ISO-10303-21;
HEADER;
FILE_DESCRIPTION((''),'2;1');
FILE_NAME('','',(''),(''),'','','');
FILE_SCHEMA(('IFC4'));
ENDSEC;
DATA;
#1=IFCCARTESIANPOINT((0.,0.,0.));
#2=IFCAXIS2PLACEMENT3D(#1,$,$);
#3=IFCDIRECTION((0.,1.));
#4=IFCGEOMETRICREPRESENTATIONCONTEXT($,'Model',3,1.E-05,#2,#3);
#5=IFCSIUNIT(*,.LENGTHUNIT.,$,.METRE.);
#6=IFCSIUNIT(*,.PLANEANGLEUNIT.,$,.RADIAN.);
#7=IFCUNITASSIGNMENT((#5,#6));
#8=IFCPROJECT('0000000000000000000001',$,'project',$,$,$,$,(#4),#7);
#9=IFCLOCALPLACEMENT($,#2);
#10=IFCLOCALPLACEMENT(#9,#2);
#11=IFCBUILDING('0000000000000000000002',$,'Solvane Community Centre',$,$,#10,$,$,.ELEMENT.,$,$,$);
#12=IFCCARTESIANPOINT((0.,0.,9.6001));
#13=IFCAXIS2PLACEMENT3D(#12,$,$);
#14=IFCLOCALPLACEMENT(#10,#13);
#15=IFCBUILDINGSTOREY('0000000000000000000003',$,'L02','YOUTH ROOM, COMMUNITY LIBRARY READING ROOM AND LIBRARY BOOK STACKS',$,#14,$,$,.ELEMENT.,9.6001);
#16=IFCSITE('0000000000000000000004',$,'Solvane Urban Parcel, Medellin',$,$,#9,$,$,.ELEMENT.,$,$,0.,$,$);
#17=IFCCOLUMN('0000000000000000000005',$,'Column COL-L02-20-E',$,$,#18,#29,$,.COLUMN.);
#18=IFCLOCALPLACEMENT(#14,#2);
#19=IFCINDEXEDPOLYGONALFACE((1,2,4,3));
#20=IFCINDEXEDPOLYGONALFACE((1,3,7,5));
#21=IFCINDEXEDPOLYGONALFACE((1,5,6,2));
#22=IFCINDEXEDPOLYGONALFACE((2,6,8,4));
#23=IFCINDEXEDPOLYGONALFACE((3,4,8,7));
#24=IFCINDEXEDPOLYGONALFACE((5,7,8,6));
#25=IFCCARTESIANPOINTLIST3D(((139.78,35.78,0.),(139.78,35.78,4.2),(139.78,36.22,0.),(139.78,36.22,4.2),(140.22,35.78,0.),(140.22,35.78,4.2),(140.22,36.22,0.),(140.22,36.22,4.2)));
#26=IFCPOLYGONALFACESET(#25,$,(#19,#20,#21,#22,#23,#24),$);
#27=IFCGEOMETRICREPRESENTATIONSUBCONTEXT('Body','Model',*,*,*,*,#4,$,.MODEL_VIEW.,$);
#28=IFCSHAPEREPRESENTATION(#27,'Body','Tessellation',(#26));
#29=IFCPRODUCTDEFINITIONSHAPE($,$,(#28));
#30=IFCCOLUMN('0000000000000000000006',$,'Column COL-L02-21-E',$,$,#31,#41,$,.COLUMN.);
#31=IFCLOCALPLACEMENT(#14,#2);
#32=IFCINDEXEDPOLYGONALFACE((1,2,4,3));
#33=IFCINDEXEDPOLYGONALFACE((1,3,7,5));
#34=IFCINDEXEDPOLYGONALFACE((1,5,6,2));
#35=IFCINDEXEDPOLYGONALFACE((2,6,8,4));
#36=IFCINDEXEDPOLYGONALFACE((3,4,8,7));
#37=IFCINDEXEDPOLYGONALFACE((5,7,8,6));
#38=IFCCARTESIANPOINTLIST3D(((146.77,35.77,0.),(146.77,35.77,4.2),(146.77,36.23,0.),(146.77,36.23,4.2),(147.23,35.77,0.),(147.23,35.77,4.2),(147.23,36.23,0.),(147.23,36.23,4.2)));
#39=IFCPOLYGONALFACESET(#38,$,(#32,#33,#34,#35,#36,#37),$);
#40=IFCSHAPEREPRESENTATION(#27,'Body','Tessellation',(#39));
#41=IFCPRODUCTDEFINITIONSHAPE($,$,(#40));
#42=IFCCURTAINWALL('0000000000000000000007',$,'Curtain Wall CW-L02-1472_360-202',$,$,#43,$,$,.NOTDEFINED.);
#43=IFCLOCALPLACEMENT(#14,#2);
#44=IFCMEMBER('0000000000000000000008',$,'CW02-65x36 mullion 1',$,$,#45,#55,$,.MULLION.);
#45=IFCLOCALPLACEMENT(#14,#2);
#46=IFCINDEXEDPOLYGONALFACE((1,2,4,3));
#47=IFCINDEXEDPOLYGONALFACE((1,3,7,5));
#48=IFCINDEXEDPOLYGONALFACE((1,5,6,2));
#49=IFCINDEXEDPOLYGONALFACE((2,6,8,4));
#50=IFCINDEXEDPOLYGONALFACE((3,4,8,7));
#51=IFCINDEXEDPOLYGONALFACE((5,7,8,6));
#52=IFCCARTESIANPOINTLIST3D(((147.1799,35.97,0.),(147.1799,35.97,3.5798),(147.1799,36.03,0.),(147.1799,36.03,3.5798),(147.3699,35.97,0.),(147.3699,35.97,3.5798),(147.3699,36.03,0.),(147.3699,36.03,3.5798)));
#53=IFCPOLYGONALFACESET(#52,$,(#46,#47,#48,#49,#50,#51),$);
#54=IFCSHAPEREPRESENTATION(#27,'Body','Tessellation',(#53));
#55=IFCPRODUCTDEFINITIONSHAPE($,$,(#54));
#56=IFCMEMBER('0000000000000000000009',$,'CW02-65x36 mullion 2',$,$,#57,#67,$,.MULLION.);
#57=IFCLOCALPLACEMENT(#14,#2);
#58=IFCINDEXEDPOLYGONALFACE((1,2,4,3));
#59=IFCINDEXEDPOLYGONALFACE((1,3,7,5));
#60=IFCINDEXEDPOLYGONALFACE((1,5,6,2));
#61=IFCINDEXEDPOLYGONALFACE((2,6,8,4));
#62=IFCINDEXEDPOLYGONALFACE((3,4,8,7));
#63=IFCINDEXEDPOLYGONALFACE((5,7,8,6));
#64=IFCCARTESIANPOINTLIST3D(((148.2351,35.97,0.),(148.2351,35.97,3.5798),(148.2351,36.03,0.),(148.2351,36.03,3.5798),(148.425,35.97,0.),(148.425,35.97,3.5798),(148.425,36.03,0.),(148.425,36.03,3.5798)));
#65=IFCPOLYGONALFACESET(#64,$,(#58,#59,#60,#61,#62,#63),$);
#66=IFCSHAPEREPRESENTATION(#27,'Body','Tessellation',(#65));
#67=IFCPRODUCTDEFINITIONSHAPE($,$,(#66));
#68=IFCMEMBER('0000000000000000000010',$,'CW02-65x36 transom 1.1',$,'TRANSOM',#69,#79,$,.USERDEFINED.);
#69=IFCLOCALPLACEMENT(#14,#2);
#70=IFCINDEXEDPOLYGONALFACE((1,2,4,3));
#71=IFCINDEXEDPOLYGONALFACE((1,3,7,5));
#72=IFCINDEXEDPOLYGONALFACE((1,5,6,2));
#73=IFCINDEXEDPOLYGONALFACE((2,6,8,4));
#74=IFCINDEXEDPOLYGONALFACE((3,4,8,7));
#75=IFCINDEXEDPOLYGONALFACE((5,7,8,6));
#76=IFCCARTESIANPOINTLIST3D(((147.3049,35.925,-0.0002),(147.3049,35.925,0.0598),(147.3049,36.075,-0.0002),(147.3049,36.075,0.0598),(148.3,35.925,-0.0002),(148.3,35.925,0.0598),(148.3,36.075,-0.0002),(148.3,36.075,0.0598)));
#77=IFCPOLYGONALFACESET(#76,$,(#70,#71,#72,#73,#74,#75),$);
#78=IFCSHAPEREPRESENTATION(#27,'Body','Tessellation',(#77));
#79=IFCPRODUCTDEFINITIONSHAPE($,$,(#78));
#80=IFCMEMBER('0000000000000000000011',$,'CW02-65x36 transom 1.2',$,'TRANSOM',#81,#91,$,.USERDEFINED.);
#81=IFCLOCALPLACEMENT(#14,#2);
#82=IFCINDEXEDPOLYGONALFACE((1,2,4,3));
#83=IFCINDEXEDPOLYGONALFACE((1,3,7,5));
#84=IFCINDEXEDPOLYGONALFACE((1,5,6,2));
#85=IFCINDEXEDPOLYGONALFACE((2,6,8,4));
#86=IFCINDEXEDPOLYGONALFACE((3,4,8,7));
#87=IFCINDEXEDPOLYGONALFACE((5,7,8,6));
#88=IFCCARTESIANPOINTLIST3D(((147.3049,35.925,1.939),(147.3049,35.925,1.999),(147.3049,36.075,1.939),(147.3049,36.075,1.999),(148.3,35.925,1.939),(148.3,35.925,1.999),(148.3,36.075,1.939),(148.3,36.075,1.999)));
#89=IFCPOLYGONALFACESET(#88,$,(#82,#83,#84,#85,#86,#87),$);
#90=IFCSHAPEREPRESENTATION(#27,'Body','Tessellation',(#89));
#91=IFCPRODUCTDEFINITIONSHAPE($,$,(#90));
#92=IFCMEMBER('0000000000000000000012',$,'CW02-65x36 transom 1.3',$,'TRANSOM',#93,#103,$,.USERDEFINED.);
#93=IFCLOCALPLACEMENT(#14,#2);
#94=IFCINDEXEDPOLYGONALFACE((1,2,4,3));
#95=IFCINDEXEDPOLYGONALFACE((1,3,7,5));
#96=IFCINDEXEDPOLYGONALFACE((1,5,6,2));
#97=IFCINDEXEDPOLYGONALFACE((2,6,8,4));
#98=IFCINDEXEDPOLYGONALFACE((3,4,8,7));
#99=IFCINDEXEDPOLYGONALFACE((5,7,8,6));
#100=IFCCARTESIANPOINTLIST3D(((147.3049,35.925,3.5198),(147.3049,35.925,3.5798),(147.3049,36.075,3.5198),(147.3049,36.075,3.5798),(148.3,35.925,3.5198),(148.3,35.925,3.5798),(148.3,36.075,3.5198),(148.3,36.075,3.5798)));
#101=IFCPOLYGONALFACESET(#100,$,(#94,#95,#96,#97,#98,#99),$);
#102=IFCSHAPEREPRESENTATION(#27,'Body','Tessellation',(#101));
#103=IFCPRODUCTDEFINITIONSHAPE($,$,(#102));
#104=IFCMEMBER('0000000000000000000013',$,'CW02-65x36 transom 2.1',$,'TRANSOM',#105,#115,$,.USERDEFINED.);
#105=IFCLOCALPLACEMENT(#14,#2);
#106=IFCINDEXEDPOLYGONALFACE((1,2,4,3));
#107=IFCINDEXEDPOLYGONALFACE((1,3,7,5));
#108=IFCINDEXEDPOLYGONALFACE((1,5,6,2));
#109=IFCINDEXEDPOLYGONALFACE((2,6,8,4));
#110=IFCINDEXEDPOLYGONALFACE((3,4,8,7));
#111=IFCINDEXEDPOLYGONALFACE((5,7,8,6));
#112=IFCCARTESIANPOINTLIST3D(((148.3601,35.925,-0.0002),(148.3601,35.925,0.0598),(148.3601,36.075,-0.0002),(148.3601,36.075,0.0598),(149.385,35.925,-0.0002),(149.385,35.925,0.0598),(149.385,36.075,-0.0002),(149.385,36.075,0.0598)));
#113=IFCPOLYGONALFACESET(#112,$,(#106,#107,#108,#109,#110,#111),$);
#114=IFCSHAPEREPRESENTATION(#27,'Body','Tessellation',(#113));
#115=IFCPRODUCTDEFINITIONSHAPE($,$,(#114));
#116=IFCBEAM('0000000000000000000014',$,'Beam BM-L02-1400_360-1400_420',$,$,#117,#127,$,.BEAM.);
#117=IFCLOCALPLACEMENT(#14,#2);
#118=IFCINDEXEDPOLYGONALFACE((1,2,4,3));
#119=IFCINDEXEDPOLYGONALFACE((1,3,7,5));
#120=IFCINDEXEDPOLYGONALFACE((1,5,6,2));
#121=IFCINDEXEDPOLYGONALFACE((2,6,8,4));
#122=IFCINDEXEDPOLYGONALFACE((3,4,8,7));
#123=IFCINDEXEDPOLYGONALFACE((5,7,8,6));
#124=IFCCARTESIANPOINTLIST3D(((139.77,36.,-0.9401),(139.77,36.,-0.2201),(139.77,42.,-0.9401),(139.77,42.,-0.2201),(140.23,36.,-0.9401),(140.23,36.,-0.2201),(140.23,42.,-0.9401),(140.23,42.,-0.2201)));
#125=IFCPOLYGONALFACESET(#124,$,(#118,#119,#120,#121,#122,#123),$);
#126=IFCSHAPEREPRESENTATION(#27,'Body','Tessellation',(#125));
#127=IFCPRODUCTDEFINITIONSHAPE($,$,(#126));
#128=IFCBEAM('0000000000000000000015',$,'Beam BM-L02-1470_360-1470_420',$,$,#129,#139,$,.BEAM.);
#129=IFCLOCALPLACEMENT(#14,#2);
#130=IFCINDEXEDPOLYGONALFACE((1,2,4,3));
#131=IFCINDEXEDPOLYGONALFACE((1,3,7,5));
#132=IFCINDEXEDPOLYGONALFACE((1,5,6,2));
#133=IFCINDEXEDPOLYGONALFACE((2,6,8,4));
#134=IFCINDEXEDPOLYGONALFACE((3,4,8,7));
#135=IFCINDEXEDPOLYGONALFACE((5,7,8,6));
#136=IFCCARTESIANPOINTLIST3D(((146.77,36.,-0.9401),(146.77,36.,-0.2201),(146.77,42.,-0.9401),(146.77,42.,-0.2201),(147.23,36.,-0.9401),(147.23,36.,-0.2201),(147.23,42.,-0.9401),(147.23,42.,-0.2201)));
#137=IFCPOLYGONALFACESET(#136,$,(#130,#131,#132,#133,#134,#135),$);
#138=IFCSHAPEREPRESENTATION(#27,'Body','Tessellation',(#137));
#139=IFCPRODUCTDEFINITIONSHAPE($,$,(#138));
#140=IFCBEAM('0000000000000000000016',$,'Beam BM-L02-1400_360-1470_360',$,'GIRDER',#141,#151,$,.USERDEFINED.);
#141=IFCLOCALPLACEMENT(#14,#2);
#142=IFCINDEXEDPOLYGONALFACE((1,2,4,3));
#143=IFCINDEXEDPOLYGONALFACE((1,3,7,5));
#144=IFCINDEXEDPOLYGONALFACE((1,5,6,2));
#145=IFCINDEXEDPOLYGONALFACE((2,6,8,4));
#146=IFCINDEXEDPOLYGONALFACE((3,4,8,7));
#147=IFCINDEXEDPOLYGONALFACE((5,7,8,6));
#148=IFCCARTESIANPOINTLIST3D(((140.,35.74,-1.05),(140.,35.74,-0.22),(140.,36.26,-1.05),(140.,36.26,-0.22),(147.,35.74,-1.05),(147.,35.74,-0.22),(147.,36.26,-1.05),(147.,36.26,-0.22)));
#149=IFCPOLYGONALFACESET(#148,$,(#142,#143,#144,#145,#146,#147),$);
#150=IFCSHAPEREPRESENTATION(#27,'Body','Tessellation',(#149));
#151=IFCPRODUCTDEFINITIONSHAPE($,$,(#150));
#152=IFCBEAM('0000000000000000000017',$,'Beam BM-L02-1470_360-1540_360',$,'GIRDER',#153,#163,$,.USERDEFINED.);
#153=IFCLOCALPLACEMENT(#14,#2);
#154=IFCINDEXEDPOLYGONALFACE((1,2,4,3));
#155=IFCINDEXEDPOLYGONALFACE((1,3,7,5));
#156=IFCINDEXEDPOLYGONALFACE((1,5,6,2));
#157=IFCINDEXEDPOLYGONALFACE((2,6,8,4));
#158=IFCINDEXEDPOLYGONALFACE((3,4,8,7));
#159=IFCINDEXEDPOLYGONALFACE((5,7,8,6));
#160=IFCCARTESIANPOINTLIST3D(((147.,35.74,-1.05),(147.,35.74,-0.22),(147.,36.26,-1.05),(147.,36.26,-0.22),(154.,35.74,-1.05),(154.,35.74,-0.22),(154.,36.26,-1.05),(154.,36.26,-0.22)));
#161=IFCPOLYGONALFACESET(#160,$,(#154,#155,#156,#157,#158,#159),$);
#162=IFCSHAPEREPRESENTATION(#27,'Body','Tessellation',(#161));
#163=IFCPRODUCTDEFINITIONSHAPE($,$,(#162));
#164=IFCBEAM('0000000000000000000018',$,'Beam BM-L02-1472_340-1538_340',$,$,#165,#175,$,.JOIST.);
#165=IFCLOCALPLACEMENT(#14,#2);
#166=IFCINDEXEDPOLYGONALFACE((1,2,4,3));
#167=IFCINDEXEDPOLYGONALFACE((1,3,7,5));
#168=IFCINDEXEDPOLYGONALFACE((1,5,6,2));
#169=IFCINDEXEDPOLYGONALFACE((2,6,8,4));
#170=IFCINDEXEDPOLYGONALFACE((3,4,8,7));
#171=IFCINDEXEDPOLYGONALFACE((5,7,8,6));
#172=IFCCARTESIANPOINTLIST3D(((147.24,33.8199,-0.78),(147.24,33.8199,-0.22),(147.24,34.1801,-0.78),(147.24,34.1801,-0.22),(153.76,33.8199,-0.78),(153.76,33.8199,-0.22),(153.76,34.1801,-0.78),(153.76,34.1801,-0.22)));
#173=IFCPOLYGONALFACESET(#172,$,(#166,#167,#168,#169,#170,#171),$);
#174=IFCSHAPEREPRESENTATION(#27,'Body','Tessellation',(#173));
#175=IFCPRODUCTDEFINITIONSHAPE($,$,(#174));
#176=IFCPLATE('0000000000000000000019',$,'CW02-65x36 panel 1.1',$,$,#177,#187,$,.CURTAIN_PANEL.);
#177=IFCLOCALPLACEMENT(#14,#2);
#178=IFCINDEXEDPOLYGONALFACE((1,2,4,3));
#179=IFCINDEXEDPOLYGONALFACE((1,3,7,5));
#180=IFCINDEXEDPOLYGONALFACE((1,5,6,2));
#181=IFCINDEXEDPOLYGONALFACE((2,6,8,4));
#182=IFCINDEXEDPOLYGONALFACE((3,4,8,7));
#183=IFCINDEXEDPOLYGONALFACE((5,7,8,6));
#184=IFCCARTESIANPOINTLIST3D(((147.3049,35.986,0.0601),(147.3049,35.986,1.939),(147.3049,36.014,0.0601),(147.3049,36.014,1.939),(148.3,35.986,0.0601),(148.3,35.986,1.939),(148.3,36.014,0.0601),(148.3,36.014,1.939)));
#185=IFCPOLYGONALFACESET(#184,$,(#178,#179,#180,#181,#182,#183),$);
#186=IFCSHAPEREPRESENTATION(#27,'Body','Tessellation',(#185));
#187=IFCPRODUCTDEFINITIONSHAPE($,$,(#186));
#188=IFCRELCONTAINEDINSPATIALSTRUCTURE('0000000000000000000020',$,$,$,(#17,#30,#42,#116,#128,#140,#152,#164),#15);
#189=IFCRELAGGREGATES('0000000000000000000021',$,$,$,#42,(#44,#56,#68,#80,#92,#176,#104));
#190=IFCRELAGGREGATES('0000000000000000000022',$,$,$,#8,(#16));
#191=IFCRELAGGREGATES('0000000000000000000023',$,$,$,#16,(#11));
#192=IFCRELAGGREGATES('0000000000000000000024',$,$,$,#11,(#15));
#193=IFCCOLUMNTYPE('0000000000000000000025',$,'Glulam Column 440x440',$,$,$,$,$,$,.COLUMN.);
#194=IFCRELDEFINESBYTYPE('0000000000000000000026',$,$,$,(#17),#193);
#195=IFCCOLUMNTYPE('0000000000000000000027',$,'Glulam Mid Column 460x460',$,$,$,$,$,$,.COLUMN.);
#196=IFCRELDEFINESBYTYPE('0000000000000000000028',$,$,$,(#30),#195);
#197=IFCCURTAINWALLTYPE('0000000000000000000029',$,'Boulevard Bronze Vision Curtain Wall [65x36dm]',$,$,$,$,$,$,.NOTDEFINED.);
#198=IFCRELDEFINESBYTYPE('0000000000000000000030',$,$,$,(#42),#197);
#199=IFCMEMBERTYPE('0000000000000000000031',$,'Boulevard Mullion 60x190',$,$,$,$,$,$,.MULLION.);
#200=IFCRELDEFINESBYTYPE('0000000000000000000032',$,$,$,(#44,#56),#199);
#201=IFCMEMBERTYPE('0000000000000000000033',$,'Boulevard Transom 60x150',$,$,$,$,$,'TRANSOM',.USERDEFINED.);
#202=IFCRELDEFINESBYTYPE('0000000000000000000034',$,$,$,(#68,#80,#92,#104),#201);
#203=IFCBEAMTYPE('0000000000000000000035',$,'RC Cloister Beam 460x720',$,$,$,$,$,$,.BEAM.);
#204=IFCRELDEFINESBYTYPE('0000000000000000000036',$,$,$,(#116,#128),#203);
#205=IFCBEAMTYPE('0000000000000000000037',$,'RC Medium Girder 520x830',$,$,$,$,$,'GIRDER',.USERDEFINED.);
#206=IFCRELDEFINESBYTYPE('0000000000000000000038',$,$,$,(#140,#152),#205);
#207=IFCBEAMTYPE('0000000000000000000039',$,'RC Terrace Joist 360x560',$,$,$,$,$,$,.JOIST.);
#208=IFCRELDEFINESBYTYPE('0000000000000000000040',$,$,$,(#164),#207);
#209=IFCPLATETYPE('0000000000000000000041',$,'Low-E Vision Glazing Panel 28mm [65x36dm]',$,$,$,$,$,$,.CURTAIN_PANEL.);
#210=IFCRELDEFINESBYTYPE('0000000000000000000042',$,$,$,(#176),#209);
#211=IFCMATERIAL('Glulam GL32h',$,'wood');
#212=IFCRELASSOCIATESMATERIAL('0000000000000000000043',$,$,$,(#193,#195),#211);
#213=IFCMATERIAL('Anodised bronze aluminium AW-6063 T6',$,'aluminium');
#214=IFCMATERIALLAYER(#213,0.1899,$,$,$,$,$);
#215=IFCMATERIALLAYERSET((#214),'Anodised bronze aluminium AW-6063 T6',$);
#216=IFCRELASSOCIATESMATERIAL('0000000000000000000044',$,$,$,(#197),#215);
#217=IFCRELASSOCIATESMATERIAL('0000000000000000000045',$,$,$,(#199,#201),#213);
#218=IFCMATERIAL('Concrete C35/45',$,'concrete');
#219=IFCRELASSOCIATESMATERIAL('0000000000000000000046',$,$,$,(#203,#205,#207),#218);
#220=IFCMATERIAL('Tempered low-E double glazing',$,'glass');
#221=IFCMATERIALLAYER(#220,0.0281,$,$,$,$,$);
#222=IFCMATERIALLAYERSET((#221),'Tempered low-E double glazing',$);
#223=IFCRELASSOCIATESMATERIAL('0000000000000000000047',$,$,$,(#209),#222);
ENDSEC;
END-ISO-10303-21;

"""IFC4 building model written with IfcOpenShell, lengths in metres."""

from ifc_helpers import new_model, si_unit, direction, frame, origin, origin_2d, place, context, subcontext, project, spatial, rectangle, extrude, material, layer, layer_set, material_profile, profile_set, type_object, element, aggregate, save


model = new_model("IFC4")

# Units and contexts
model_context = context("Model", 3, precision=1e-05, world=origin(), true_north=direction((0.0, 1.0)))
body_context = subcontext(model_context, "Body", "Model", "MODEL_VIEW")
ifc_project = project(units=[si_unit("LENGTHUNIT", "METRE"), si_unit("PLANEANGLEUNIT", "RADIAN")], contexts=[model_context])

# Site, building, storey
site_placement = place(None, origin())
site = spatial("IfcSite", under=ifc_project, at=site_placement, Name="Solvane Urban Parcel, Medellin", CompositionType="ELEMENT", RefElevation=0.0)
building_placement = place(site_placement, origin())
building = spatial("IfcBuilding", under=site, at=building_placement, Name="Solvane Community Centre", CompositionType="ELEMENT")
storey_placement = place(building_placement, frame((0.0, 0.0, 9.6001)))
storey = spatial("IfcBuildingStorey", under=building, at=storey_placement, Name="L02", Description="YOUTH ROOM, COMMUNITY LIBRARY READING ROOM AND LIBRARY BOOK STACKS", CompositionType="ELEMENT", Elevation=9.6001)

# Columns
ifc_material_1 = material(Name="Glulam GL32h", Category="wood")
ifc_material_profile_1 = material_profile(ifc_material_1, rectangle(XDim=0.4399, YDim=0.4399, at=origin_2d()), Name="GL32h 440x440")
ifc_profile_set_1 = profile_set([ifc_material_profile_1], Name="Glulam GL32h")
column_type_1 = type_object("IfcColumnType", Name="Glulam Column 440x440", PredefinedType="COLUMN", material=ifc_profile_set_1)
column_1_placement = place(storey_placement, frame((140.0, 36.0, 0.0), z_axis=(0.0, 0.0, 1.0), x_axis=(1.0, 0.0, 0.0)))
element("IfcColumn", 1, at=column_1_placement, inside=storey, type_object=column_type_1, Name="Column COL-L02-20-E", PredefinedType="COLUMN", context=body_context, shape_type="SweptSolid", body=[
    extrude(rectangle(XDim=0.4399, YDim=0.4399, at=origin_2d()), origin(), (0.0, 0.0, 1.0), 4.2),
])
ifc_material_profile_2 = material_profile(ifc_material_1, rectangle(XDim=0.46, YDim=0.46, at=origin_2d()), Name="GL32h 460x460")
ifc_profile_set_2 = profile_set([ifc_material_profile_2], Name="Glulam GL32h")
column_type_2 = type_object("IfcColumnType", Name="Glulam Mid Column 460x460", PredefinedType="COLUMN", material=ifc_profile_set_2)
column_2_placement = place(storey_placement, frame((147.0, 36.0, 0.0), z_axis=(0.0, 0.0, 1.0), x_axis=(1.0, 0.0, 0.0)))
element("IfcColumn", 2, at=column_2_placement, inside=storey, type_object=column_type_2, Name="Column COL-L02-21-E", PredefinedType="COLUMN", context=body_context, shape_type="SweptSolid", body=[
    extrude(rectangle(XDim=0.46, YDim=0.46, at=origin_2d()), origin(), (0.0, 0.0, 1.0), 4.2),
])

# Curtain wall, members
ifc_material_2 = material(Name="Anodised bronze aluminium AW-6063 T6", Category="aluminium")
ifc_layer_1 = layer(ifc_material_2, 0.1899)
ifc_layer_set_1 = layer_set([ifc_layer_1], Name="Anodised bronze aluminium AW-6063 T6")
curtain_wall_type = type_object("IfcCurtainWallType", Name="Boulevard Bronze Vision Curtain Wall [65x36dm]", PredefinedType="NOTDEFINED", material=ifc_layer_set_1)
curtain_wall_placement = place(storey_placement, origin())
curtain_wall = element("IfcCurtainWall", 3, at=curtain_wall_placement, inside=storey, type_object=curtain_wall_type, Name="Curtain Wall CW-L02-1472_360-202", PredefinedType="NOTDEFINED")
ifc_material_profile_3 = material_profile(ifc_material_2, rectangle(XDim=0.0601, YDim=0.1899, at=origin_2d()), Name="CW-M 60x190")
ifc_profile_set_3 = profile_set([ifc_material_profile_3], Name="Anodised bronze aluminium AW-6063 T6")
member_type_1 = type_object("IfcMemberType", Name="Boulevard Mullion 60x190", PredefinedType="MULLION", material=ifc_profile_set_3)
member_1_placement = place(storey_placement, frame((147.2749, 36.0, 0.0), z_axis=(0.0, 0.0, 1.0), x_axis=(0.0, 1.0, 0.0)))
member_1 = element("IfcMember", 4, at=member_1_placement, type_object=member_type_1, Name="CW02-65x36 mullion 1", PredefinedType="MULLION", context=body_context, shape_type="SweptSolid", body=[
    extrude(rectangle(XDim=0.0601, YDim=0.1899, at=origin_2d()), origin(), (0.0, 0.0, 1.0), 3.5798),
])
member_2_placement = place(storey_placement, frame((148.3301, 36.0, 0.0), z_axis=(0.0, 0.0, 1.0), x_axis=(0.0, 1.0, 0.0)))
member_2 = element("IfcMember", 5, at=member_2_placement, type_object=member_type_1, Name="CW02-65x36 mullion 2", PredefinedType="MULLION", context=body_context, shape_type="SweptSolid", body=[
    extrude(rectangle(XDim=0.0601, YDim=0.1899, at=origin_2d()), origin(), (0.0, 0.0, 1.0), 3.5798),
])
ifc_material_profile_4 = material_profile(ifc_material_2, rectangle(XDim=0.1499, YDim=0.0601, at=origin_2d()), Name="CW-T 60x150")
ifc_profile_set_4 = profile_set([ifc_material_profile_4], Name="Anodised bronze aluminium AW-6063 T6")
member_type_2 = type_object("IfcMemberType", Name="Boulevard Transom 60x150", ElementType="TRANSOM", PredefinedType="USERDEFINED", material=ifc_profile_set_4)
member_3_placement = place(storey_placement, frame((147.3049, 36.0, 0.0298), z_axis=(1.0, 0.0, 0.0), x_axis=(0.0, 1.0, 0.0)))
member_3 = element("IfcMember", 6, at=member_3_placement, type_object=member_type_2, Name="CW02-65x36 transom 1.1", ObjectType="TRANSOM", PredefinedType="USERDEFINED", context=body_context, shape_type="SweptSolid", body=[
    extrude(rectangle(XDim=0.1499, YDim=0.0601, at=origin_2d()), origin(), (0.0, 0.0, 1.0), 0.9951),
])
member_4_placement = place(storey_placement, frame((147.3049, 36.0, 1.969), z_axis=(1.0, 0.0, 0.0), x_axis=(0.0, 1.0, 0.0)))
member_4 = element("IfcMember", 7, at=member_4_placement, type_object=member_type_2, Name="CW02-65x36 transom 1.2", ObjectType="TRANSOM", PredefinedType="USERDEFINED", context=body_context, shape_type="SweptSolid", body=[
    extrude(rectangle(XDim=0.1499, YDim=0.0601, at=origin_2d()), origin(), (0.0, 0.0, 1.0), 0.9951),
])
member_5_placement = place(storey_placement, frame((147.3049, 36.0, 3.5498), z_axis=(1.0, 0.0, 0.0), x_axis=(0.0, 1.0, 0.0)))
member_5 = element("IfcMember", 8, at=member_5_placement, type_object=member_type_2, Name="CW02-65x36 transom 1.3", ObjectType="TRANSOM", PredefinedType="USERDEFINED", context=body_context, shape_type="SweptSolid", body=[
    extrude(rectangle(XDim=0.1499, YDim=0.0601, at=origin_2d()), origin(), (0.0, 0.0, 1.0), 0.9951),
])
member_6_placement = place(storey_placement, frame((148.3601, 36.0, 0.0298), z_axis=(1.0, 0.0, 0.0), x_axis=(0.0, 1.0, 0.0)))
member_6 = element("IfcMember", 9, at=member_6_placement, type_object=member_type_2, Name="CW02-65x36 transom 2.1", ObjectType="TRANSOM", PredefinedType="USERDEFINED", context=body_context, shape_type="SweptSolid", body=[
    extrude(rectangle(XDim=0.1499, YDim=0.0601, at=origin_2d()), origin(), (0.0, 0.0, 1.0), 1.0249),
])

# Beams
ifc_material_3 = material(Name="Concrete C35/45", Category="concrete")
ifc_material_profile_5 = material_profile(ifc_material_3, rectangle(XDim=0.46, YDim=0.72, at=origin_2d()), Name="RC 460x720")
ifc_profile_set_5 = profile_set([ifc_material_profile_5], Name="Concrete C35/45")
beam_type_1 = type_object("IfcBeamType", Name="RC Cloister Beam 460x720", PredefinedType="BEAM", material=ifc_profile_set_5)
for number, where, z_axis, x_axis, name in (
    (10, (140.0, 36.0, -0.5801), (0.0, 1.0, 0.0), (-1.0, 0.0, 0.0), "Beam BM-L02-1400_360-1400_420"),
    (11, (147.0, 36.0, -0.5801), (0.0, 1.0, 0.0), (-1.0, 0.0, 0.0), "Beam BM-L02-1470_360-1470_420"),
):
    element("IfcBeam", number, at=place(storey_placement, frame(where, z_axis=z_axis, x_axis=x_axis)), inside=storey, type_object=beam_type_1, Name=name, PredefinedType="BEAM", context=body_context, shape_type="SweptSolid", body=[
        extrude(rectangle(XDim=0.46, YDim=0.72, at=origin_2d()), origin(), (0.0, 0.0, 1.0), 6.0),
    ])
ifc_material_profile_6 = material_profile(ifc_material_3, rectangle(XDim=0.52, YDim=0.8301, at=origin_2d()), Name="RC 520x830")
ifc_profile_set_6 = profile_set([ifc_material_profile_6], Name="Concrete C35/45")
beam_type_2 = type_object("IfcBeamType", Name="RC Medium Girder 520x830", ElementType="GIRDER", PredefinedType="USERDEFINED", material=ifc_profile_set_6)
for number, where, z_axis, x_axis, name in (
    (12, (140.0, 36.0, -0.635), (1.0, 0.0, 0.0), (0.0, 1.0, 0.0), "Beam BM-L02-1400_360-1470_360"),
    (13, (147.0, 36.0, -0.635), (1.0, 0.0, 0.0), (0.0, 1.0, 0.0), "Beam BM-L02-1470_360-1540_360"),
):
    element("IfcBeam", number, at=place(storey_placement, frame(where, z_axis=z_axis, x_axis=x_axis)), inside=storey, type_object=beam_type_2, Name=name, ObjectType="GIRDER", PredefinedType="USERDEFINED", context=body_context, shape_type="SweptSolid", body=[
        extrude(rectangle(XDim=0.52, YDim=0.8301, at=origin_2d()), origin(), (0.0, 0.0, 1.0), 7.0),
    ])
ifc_material_profile_7 = material_profile(ifc_material_3, rectangle(XDim=0.3601, YDim=0.5601, at=origin_2d()), Name="RC 360x560")
ifc_profile_set_7 = profile_set([ifc_material_profile_7], Name="Concrete C35/45")
beam_type_3 = type_object("IfcBeamType", Name="RC Terrace Joist 360x560", PredefinedType="JOIST", material=ifc_profile_set_7)
beam_placement = place(storey_placement, frame((147.24, 34.0, -0.5), z_axis=(1.0, 0.0, 0.0), x_axis=(0.0, 1.0, 0.0)))
element("IfcBeam", 14, at=beam_placement, inside=storey, type_object=beam_type_3, Name="Beam BM-L02-1472_340-1538_340", PredefinedType="JOIST", context=body_context, shape_type="SweptSolid", body=[
    extrude(rectangle(XDim=0.3601, YDim=0.5601, at=origin_2d()), origin(), (0.0, 0.0, 1.0), 6.52),
])

# Plate
ifc_material_4 = material(Name="Tempered low-E double glazing", Category="glass")
ifc_layer_2 = layer(ifc_material_4, 0.0281)
ifc_layer_set_2 = layer_set([ifc_layer_2], Name="Tempered low-E double glazing")
plate_type = type_object("IfcPlateType", Name="Low-E Vision Glazing Panel 28mm [65x36dm]", PredefinedType="CURTAIN_PANEL", material=ifc_layer_set_2)
plate_1_placement = place(storey_placement, frame((147.8025, 36.0, 0.0601), z_axis=(0.0, 0.0, 1.0), x_axis=(1.0, 0.0, 0.0)))
plate_1 = element("IfcPlate", 15, at=plate_1_placement, type_object=plate_type, Name="CW02-65x36 panel 1.1", PredefinedType="CURTAIN_PANEL", context=body_context, shape_type="SweptSolid", body=[
    extrude(rectangle(XDim=0.9951, YDim=0.0281, at=origin_2d()), origin(), (0.0, 0.0, 1.0), 1.8789),
])
aggregate(curtain_wall, [member_1, member_2, member_3, member_4, member_5, plate_1, member_6])

save(model, "model.ifc")
